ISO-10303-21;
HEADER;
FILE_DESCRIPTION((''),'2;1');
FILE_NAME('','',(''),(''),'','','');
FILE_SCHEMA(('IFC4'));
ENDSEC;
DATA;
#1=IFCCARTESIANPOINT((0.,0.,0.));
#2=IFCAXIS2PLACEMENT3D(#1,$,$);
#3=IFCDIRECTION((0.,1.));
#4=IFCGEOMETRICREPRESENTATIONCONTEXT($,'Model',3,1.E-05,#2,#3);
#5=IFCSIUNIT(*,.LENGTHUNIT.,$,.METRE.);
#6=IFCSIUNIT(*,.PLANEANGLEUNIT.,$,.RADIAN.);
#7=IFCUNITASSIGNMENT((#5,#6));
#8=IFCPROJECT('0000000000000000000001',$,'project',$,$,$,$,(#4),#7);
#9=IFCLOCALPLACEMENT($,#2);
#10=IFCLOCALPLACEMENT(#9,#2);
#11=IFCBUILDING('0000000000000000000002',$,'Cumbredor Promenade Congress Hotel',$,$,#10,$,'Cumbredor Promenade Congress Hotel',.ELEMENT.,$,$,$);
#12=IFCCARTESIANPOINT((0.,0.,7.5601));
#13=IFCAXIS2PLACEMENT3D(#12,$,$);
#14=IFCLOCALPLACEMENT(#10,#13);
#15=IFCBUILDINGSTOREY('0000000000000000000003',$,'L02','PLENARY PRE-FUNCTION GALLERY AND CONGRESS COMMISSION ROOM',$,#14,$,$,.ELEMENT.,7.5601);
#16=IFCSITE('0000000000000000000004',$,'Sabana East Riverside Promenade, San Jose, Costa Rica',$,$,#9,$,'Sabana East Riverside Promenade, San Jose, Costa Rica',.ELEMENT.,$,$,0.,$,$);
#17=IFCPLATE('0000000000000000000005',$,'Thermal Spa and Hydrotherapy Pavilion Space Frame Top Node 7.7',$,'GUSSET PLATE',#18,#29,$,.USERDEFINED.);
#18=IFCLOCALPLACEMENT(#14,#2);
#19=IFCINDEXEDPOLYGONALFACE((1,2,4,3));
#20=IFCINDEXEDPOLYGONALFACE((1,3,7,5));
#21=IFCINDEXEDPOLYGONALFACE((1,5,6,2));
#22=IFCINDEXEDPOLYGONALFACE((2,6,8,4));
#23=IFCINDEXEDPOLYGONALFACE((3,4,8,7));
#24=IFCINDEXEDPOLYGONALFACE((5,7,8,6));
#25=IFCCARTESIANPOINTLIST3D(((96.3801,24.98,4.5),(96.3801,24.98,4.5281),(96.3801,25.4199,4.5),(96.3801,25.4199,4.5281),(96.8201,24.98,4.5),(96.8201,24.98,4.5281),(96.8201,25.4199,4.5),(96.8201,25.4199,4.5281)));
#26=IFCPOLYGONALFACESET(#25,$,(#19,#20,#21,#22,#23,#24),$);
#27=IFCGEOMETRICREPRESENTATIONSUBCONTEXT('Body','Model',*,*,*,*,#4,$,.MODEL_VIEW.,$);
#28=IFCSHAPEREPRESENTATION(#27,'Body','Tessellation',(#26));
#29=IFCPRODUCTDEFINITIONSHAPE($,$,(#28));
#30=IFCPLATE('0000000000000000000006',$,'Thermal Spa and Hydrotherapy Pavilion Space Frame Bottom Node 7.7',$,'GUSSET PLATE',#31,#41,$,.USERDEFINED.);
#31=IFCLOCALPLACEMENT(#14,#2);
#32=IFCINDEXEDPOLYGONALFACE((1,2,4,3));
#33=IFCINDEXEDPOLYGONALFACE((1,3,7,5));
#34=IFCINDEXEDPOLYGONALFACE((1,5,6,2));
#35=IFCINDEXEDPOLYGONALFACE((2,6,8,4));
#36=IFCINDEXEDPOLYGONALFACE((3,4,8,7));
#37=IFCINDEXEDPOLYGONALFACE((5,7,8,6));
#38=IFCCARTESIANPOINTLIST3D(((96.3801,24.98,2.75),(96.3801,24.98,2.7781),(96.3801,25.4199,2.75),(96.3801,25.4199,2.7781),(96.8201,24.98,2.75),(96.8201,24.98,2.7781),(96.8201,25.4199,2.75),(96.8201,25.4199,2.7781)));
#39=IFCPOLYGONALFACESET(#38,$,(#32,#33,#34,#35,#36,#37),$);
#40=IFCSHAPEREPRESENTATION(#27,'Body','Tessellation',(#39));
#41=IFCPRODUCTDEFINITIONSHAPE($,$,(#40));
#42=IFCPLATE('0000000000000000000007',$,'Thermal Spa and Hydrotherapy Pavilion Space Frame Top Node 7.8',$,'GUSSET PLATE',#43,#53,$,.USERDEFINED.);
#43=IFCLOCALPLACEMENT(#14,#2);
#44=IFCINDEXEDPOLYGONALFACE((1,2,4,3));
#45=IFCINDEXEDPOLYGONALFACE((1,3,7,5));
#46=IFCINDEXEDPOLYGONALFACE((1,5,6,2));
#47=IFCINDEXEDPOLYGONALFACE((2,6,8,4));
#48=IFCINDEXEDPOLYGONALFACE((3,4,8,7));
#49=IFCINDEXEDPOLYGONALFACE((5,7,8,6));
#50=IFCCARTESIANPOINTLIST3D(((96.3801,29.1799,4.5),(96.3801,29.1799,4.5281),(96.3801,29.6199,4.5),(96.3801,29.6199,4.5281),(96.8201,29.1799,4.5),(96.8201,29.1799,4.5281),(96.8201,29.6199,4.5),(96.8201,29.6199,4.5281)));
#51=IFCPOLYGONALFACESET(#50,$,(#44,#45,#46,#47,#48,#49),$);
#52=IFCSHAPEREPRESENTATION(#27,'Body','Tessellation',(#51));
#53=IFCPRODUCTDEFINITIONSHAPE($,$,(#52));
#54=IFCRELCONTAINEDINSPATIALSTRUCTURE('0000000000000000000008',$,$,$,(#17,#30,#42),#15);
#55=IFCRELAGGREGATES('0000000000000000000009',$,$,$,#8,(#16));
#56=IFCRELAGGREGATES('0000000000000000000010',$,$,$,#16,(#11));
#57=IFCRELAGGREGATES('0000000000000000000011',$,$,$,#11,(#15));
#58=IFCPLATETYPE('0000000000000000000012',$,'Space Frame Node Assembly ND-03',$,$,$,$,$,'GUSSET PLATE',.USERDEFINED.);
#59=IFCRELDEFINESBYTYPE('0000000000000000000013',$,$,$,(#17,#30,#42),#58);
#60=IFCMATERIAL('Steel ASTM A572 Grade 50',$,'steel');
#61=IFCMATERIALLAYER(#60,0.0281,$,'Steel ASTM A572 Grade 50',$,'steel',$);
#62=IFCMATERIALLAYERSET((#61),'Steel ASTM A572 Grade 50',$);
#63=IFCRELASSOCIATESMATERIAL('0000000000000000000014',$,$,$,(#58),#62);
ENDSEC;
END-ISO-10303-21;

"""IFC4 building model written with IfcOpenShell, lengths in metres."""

from ifc_helpers import new_model, si_unit, direction, frame, origin, origin_2d, place, context, subcontext, project, spatial, rectangle, extrude, material, layer, layer_set, type_object, element, save


model = new_model("IFC4")

# Units and contexts
model_context = context("Model", 3, precision=1e-05, world=origin(), true_north=direction((0.0, 1.0)))
body_context = subcontext(model_context, "Body", "Model", "MODEL_VIEW")
ifc_project = project(units=[si_unit("LENGTHUNIT", "METRE"), si_unit("PLANEANGLEUNIT", "RADIAN")], contexts=[model_context])

# Site, building, storey
site_placement = place(None, origin())
site = spatial("IfcSite", under=ifc_project, at=site_placement, Name="Sabana East Riverside Promenade, San Jose, Costa Rica", LongName="Sabana East Riverside Promenade, San Jose, Costa Rica", CompositionType="ELEMENT", RefElevation=0.0)
building_placement = place(site_placement, origin())
building = spatial("IfcBuilding", under=site, at=building_placement, Name="Cumbredor Promenade Congress Hotel", LongName="Cumbredor Promenade Congress Hotel", CompositionType="ELEMENT")
storey_placement = place(building_placement, frame((0.0, 0.0, 7.5601)))
storey = spatial("IfcBuildingStorey", under=building, at=storey_placement, Name="L02", Description="PLENARY PRE-FUNCTION GALLERY AND CONGRESS COMMISSION ROOM", CompositionType="ELEMENT", Elevation=7.5601)

# Plates
ifc_material_1 = material(Name="Steel ASTM A572 Grade 50", Category="steel")
ifc_layer = layer(ifc_material_1, 0.0281, Name="Steel ASTM A572 Grade 50", Category="steel")
ifc_layer_set = layer_set([ifc_layer], Name="Steel ASTM A572 Grade 50")
plate_type = type_object("IfcPlateType", Name="Space Frame Node Assembly ND-03", ElementType="GUSSET PLATE", PredefinedType="USERDEFINED", material=ifc_layer_set)
for number, where, z_axis, x_axis, name in (
    (1, (96.6001, 25.2, 4.5), (0.0, 0.0, 1.0), (1.0, 0.0, 0.0), "Thermal Spa and Hydrotherapy Pavilion Space Frame Top Node 7.7"),
    (2, (96.6001, 25.2, 2.75), (0.0, 0.0, 1.0), (1.0, 0.0, 0.0), "Thermal Spa and Hydrotherapy Pavilion Space Frame Bottom Node 7.7"),
    (3, (96.6001, 29.3999, 4.5), (0.0, 0.0, 1.0), (1.0, 0.0, 0.0), "Thermal Spa and Hydrotherapy Pavilion Space Frame Top Node 7.8"),
):
    element("IfcPlate", number, at=place(storey_placement, frame(where, z_axis=z_axis, x_axis=x_axis)), inside=storey, type_object=plate_type, Name=name, ObjectType="GUSSET PLATE", PredefinedType="USERDEFINED", context=body_context, shape_type="SweptSolid", body=[
        extrude(rectangle(XDim=0.4399, YDim=0.4399, at=origin_2d()), origin(), (0.0, 0.0, 1.0), 0.0281),
    ])

save(model, "model.ifc")
